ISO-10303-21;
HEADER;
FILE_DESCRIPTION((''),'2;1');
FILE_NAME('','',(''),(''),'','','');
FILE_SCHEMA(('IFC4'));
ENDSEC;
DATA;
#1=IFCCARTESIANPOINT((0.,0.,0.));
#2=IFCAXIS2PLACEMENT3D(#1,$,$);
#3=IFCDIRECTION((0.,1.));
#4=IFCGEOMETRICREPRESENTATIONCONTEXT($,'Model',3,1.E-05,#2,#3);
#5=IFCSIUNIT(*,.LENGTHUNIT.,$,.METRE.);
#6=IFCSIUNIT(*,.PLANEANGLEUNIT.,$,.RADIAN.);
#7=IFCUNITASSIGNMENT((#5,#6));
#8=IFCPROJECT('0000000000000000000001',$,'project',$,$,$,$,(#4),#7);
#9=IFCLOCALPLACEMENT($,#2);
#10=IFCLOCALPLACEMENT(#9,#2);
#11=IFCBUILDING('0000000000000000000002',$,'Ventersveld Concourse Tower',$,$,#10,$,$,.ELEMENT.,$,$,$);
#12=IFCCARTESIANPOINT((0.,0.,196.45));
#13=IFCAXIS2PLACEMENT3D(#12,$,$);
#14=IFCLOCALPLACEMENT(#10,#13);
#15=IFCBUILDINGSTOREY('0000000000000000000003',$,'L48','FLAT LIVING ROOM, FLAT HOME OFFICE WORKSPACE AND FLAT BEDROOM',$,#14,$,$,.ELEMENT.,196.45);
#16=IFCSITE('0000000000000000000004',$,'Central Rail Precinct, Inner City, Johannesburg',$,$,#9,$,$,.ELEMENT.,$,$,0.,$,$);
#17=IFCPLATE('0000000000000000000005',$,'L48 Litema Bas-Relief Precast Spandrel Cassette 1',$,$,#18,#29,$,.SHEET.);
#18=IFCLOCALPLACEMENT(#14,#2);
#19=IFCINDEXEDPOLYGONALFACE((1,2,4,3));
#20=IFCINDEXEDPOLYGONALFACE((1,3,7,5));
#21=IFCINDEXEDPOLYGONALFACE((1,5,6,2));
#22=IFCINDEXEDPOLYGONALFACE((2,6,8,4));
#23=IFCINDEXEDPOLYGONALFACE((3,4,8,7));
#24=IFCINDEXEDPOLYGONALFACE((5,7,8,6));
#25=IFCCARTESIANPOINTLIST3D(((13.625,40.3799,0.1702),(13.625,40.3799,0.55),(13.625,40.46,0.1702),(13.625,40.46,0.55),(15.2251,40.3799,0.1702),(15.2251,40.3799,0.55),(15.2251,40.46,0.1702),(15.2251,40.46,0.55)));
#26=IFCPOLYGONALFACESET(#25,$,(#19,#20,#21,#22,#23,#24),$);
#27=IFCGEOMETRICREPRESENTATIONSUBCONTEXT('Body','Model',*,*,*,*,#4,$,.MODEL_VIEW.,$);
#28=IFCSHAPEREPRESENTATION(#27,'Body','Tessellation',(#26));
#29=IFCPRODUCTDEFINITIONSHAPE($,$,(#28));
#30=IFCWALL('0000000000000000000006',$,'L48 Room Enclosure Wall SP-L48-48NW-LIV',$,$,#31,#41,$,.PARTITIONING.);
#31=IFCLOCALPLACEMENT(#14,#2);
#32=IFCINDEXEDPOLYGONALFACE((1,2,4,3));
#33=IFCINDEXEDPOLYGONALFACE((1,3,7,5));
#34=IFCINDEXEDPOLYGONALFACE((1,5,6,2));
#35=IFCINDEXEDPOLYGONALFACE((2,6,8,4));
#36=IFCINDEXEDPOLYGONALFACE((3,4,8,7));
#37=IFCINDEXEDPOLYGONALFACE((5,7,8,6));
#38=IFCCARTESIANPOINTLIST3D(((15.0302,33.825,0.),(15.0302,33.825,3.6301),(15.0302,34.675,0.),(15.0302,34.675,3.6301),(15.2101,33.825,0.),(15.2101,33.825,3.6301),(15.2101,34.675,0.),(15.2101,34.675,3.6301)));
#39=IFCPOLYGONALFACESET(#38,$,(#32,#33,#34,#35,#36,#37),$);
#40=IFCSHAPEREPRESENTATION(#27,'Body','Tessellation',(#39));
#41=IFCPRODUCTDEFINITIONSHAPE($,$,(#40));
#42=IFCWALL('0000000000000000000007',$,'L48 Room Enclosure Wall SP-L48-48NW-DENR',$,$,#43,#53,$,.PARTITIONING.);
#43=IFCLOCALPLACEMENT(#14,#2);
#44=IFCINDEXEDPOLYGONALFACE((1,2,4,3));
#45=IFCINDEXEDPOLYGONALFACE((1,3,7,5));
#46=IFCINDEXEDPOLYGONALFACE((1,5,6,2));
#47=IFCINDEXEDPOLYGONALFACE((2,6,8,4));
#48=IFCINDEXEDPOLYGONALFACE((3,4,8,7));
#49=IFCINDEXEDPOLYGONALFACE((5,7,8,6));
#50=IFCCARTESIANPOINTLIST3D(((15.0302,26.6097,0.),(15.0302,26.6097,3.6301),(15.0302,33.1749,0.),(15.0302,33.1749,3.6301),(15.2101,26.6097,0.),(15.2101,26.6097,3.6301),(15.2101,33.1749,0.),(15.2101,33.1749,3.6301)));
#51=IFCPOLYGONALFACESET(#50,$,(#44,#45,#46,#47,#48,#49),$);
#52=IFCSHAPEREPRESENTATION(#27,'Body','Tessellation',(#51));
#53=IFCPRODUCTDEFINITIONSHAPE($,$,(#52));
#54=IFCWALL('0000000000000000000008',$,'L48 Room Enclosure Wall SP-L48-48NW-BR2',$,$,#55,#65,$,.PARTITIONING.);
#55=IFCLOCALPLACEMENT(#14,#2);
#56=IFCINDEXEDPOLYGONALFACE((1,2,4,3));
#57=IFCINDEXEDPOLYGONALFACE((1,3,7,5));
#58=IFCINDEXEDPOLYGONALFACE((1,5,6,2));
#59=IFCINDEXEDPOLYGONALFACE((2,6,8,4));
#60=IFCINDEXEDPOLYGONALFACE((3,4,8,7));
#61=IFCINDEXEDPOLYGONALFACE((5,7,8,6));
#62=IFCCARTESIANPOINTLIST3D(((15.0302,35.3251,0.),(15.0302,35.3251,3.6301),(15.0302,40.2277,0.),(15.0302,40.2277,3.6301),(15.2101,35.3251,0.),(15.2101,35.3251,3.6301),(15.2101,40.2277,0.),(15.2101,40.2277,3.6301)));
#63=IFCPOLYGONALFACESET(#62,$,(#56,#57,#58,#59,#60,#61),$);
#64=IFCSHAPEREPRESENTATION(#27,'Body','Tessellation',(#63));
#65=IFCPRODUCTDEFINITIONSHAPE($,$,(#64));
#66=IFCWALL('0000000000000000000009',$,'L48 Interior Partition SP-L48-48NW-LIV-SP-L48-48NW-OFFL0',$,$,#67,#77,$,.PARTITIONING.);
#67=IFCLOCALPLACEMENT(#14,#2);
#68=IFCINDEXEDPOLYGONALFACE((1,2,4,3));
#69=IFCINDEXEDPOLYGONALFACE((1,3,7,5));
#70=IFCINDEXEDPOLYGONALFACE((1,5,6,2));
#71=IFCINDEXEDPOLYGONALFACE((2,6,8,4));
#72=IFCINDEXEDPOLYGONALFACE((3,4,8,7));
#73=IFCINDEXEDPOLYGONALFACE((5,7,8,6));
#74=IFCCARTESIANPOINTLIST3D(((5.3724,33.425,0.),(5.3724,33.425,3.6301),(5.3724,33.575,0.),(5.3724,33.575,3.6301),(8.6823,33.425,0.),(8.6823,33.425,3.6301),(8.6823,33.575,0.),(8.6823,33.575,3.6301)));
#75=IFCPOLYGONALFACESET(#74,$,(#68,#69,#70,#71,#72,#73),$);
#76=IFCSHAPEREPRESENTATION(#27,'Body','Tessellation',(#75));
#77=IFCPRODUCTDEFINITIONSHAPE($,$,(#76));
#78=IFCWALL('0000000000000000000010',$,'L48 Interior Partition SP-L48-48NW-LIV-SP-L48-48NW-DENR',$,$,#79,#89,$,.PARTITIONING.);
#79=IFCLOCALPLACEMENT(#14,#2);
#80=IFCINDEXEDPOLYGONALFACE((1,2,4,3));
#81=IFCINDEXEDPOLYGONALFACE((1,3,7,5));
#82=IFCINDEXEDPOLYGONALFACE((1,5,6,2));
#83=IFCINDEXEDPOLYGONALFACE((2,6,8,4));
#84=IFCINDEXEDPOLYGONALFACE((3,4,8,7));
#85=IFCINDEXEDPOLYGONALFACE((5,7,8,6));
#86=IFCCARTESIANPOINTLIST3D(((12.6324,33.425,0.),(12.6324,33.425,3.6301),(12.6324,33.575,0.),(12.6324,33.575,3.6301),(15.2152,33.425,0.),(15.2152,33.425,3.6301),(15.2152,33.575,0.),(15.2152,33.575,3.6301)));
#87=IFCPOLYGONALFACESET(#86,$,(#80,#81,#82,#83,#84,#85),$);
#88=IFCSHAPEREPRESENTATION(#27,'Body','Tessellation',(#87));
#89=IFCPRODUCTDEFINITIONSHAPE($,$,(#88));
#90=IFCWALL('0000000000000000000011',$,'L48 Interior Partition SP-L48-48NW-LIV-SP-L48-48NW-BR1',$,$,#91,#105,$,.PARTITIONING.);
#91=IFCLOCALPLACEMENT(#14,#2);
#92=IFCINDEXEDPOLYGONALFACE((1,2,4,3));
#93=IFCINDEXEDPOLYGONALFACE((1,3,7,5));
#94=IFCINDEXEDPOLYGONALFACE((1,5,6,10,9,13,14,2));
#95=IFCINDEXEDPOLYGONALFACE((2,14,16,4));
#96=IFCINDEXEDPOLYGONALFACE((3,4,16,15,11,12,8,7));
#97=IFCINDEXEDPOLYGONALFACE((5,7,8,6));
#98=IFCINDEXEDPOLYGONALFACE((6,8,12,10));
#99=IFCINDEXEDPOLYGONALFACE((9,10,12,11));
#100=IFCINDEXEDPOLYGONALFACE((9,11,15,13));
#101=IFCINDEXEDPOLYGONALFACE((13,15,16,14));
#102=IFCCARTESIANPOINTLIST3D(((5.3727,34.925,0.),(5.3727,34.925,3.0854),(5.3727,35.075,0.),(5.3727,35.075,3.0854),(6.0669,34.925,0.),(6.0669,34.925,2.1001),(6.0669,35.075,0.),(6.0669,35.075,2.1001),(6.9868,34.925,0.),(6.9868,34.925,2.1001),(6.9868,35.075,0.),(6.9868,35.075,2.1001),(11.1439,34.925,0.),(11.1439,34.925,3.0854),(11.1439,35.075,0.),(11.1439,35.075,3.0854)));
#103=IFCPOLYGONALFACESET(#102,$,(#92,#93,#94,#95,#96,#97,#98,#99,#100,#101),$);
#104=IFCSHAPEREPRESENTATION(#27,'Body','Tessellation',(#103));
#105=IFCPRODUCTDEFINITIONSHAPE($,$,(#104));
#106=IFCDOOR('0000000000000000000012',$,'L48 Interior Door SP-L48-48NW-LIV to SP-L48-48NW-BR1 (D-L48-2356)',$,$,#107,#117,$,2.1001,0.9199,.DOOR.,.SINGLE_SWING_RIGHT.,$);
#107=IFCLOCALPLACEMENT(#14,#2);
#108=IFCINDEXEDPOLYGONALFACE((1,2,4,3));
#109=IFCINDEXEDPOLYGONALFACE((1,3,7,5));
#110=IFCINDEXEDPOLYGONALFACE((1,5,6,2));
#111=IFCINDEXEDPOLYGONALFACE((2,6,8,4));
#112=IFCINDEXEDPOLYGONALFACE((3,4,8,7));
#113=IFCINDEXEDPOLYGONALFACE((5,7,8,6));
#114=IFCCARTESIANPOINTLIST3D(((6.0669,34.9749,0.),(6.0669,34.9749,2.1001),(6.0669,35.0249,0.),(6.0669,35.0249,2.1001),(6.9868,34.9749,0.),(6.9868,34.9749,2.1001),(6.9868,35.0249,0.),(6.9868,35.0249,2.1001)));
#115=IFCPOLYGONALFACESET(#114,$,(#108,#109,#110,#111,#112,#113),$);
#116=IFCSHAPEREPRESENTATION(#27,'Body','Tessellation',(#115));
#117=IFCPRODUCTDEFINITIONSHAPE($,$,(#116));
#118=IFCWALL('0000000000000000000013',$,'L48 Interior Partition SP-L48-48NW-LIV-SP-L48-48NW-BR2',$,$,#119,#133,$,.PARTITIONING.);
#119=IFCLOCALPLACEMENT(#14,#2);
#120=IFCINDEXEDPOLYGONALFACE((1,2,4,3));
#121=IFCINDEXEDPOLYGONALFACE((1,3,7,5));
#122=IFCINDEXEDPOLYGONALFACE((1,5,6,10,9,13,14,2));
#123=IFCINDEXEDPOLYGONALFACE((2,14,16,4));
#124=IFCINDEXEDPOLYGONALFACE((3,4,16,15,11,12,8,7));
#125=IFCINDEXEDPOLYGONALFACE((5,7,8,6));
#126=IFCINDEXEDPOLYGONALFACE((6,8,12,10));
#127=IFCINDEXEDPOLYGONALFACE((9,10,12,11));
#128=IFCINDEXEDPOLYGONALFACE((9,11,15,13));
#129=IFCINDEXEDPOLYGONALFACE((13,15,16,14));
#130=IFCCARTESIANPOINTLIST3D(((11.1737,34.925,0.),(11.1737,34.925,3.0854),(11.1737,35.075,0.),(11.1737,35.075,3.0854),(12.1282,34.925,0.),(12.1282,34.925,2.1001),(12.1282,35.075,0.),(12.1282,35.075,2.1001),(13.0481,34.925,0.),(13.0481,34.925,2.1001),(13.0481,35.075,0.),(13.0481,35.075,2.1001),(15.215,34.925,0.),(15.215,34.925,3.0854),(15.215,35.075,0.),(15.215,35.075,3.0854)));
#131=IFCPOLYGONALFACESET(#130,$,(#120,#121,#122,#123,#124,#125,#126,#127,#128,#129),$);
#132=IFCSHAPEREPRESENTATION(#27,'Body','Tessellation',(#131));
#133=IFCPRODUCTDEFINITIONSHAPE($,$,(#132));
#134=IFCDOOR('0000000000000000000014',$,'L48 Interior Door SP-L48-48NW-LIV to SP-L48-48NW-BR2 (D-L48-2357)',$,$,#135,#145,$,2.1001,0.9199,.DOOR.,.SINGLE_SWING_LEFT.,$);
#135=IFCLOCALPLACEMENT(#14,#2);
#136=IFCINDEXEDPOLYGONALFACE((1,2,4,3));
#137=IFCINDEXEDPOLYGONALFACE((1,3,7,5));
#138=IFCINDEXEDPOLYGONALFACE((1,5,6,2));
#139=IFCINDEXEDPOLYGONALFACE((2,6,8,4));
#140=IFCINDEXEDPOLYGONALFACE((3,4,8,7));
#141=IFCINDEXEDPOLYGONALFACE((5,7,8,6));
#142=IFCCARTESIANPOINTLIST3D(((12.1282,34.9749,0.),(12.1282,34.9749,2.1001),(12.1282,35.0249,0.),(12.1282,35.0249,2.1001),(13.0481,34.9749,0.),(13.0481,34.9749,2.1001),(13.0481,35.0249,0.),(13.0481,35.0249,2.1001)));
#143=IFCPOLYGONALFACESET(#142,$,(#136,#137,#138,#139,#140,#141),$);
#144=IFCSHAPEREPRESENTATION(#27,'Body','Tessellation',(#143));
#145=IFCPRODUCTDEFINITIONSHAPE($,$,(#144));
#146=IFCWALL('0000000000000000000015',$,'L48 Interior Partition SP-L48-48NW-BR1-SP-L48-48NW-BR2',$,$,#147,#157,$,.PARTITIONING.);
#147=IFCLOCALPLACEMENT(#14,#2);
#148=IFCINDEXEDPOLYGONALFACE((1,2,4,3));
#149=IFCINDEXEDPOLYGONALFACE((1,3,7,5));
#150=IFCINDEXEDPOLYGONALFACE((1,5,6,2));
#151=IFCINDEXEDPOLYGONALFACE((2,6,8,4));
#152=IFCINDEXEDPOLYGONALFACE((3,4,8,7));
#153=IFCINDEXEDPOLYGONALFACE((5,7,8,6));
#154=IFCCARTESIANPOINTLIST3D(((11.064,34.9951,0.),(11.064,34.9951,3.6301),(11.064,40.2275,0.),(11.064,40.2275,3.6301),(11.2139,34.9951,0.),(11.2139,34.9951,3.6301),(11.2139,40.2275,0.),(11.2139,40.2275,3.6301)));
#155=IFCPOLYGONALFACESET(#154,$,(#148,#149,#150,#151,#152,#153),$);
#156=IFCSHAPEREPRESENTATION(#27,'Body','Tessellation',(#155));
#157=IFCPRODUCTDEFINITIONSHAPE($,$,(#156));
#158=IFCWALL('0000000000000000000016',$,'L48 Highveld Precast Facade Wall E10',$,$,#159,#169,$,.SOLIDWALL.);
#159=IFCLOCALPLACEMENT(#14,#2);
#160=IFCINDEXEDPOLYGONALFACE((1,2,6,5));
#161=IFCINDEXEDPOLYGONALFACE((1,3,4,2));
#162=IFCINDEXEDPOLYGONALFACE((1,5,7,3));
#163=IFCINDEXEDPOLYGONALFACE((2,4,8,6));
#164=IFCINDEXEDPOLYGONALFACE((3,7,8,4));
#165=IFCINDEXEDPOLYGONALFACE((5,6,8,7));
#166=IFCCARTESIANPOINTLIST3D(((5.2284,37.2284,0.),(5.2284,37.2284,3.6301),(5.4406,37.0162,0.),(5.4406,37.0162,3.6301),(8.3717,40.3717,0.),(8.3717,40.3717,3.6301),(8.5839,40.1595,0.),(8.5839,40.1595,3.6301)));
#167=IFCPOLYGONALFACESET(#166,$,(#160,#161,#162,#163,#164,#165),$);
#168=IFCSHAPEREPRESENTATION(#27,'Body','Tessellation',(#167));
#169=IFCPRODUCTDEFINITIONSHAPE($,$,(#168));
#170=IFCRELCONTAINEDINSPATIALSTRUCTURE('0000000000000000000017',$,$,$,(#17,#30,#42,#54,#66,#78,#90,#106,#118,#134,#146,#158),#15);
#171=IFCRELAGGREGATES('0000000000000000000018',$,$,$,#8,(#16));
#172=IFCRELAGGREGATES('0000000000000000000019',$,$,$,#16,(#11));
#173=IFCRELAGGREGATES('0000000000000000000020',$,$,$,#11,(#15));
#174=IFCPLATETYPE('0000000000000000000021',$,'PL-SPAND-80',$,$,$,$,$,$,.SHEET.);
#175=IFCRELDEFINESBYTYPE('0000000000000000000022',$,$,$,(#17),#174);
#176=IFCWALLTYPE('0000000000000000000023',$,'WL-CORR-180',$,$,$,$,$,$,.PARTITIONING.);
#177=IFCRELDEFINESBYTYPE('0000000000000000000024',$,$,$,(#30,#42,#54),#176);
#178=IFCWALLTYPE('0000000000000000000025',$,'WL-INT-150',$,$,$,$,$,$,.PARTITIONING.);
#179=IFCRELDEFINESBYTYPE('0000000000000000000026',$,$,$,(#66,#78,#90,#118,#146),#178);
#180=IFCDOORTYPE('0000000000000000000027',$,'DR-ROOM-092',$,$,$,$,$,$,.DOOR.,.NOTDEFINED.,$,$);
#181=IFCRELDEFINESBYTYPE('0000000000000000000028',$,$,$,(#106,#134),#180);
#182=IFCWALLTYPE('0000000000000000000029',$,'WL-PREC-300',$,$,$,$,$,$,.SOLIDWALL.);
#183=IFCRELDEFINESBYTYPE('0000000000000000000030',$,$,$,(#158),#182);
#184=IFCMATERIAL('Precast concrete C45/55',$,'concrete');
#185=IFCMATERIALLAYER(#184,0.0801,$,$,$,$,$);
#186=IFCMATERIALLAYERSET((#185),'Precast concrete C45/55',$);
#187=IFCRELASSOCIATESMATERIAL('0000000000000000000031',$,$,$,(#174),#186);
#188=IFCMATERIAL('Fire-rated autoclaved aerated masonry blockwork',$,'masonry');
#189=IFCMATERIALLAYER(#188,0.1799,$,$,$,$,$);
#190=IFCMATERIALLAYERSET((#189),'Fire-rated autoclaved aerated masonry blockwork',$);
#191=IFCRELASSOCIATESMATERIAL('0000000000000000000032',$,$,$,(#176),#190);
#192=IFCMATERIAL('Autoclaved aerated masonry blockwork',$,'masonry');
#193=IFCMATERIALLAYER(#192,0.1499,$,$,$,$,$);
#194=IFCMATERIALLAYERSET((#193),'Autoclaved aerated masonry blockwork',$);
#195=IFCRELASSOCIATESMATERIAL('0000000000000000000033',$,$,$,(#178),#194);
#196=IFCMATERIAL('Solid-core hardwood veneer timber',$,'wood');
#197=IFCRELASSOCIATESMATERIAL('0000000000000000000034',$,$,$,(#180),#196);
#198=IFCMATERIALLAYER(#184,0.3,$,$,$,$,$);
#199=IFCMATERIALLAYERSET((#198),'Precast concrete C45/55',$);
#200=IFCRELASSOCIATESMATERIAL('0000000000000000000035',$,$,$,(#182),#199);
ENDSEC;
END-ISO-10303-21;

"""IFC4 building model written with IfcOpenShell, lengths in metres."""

from ifc_helpers import new_model, si_unit, direction, frame, frame_2d, origin, origin_2d, place, context, subcontext, project, spatial, rectangle, extrude, material, layer, layer_set, type_object, element, fill, save


model = new_model("IFC4")

# Units and contexts
model_context = context("Model", 3, precision=1e-05, world=origin(), true_north=direction((0.0, 1.0)))
body_context = subcontext(model_context, "Body", "Model", "MODEL_VIEW")
ifc_project = project(units=[si_unit("LENGTHUNIT", "METRE"), si_unit("PLANEANGLEUNIT", "RADIAN")], contexts=[model_context])

# Site, building, storey
site_placement = place(None, origin())
site = spatial("IfcSite", under=ifc_project, at=site_placement, Name="Central Rail Precinct, Inner City, Johannesburg", CompositionType="ELEMENT", RefElevation=0.0)
building_placement = place(site_placement, origin())
building = spatial("IfcBuilding", under=site, at=building_placement, Name="Ventersveld Concourse Tower", CompositionType="ELEMENT")
storey_placement = place(building_placement, frame((0.0, 0.0, 196.45)))
storey = spatial("IfcBuildingStorey", under=building, at=storey_placement, Name="L48", Description="FLAT LIVING ROOM, FLAT HOME OFFICE WORKSPACE AND FLAT BEDROOM", CompositionType="ELEMENT", Elevation=196.45)

# Plate
ifc_material_1 = material(Name="Precast concrete C45/55", Category="concrete")
ifc_layer_1 = layer(ifc_material_1, 0.0801)
ifc_layer_set_1 = layer_set([ifc_layer_1], Name="Precast concrete C45/55")
plate_type = type_object("IfcPlateType", Name="PL-SPAND-80", PredefinedType="SHEET", material=ifc_layer_set_1)
plate_placement = place(storey_placement, frame((14.425, 40.4199, 0.1702), z_axis=(0.0, 0.0, 1.0), x_axis=(-1.0, 0.0, 0.0)))
element("IfcPlate", 1, at=plate_placement, inside=storey, type_object=plate_type, Name="L48 Litema Bas-Relief Precast Spandrel Cassette 1", PredefinedType="SHEET", context=body_context, shape_type="SweptSolid", body=[
    extrude(rectangle(XDim=1.6001, YDim=0.0801, at=origin_2d()), origin(), (0.0, 0.0, 1.0), 0.3799),
])

# Walls
ifc_material_2 = material(Name="Fire-rated autoclaved aerated masonry blockwork", Category="masonry")
ifc_layer_2 = layer(ifc_material_2, 0.1799)
ifc_layer_set_2 = layer_set([ifc_layer_2], Name="Fire-rated autoclaved aerated masonry blockwork")
wall_type_1 = type_object("IfcWallType", Name="WL-CORR-180", PredefinedType="PARTITIONING", material=ifc_layer_set_2)
wall_1_placement = place(storey_placement, frame((15.1201, 34.675, 0.0), z_axis=(0.0, 0.0, 1.0), x_axis=(0.0, -1.0, 0.0)))
element("IfcWall", 2, at=wall_1_placement, inside=storey, type_object=wall_type_1, Name="L48 Room Enclosure Wall SP-L48-48NW-LIV", PredefinedType="PARTITIONING", context=body_context, shape_type="SweptSolid", body=[
    extrude(rectangle(XDim=0.8501, YDim=0.1799, at=frame_2d((0.425, 0.0))), origin(), (0.0, 0.0, 1.0), 3.6301),
])
wall_2_placement = place(storey_placement, frame((15.1201, 33.175, 0.0), z_axis=(0.0, 0.0, 1.0), x_axis=(0.0, -1.0, 0.0)))
element("IfcWall", 3, at=wall_2_placement, inside=storey, type_object=wall_type_1, Name="L48 Room Enclosure Wall SP-L48-48NW-DENR", PredefinedType="PARTITIONING", context=body_context, shape_type="SweptSolid", body=[
    extrude(rectangle(XDim=6.5652, YDim=0.1799, at=frame_2d((3.2827, 0.0))), origin(), (0.0, 0.0, 1.0), 3.6301),
])
wall_3_placement = place(storey_placement, frame((15.1201, 40.2275, 0.0), z_axis=(0.0, 0.0, 1.0), x_axis=(0.0, -1.0, 0.0)))
element("IfcWall", 4, at=wall_3_placement, inside=storey, type_object=wall_type_1, Name="L48 Room Enclosure Wall SP-L48-48NW-BR2", PredefinedType="PARTITIONING", context=body_context, shape_type="SweptSolid", body=[
    extrude(rectangle(XDim=4.9026, YDim=0.1799, at=frame_2d((2.4512, 0.0))), origin(), (0.0, 0.0, 1.0), 3.6301),
])
ifc_material_3 = material(Name="Autoclaved aerated masonry blockwork", Category="masonry")
ifc_layer_3 = layer(ifc_material_3, 0.1499)
ifc_layer_set_3 = layer_set([ifc_layer_3], Name="Autoclaved aerated masonry blockwork")
wall_type_2 = type_object("IfcWallType", Name="WL-INT-150", PredefinedType="PARTITIONING", material=ifc_layer_set_3)
wall_4_placement = place(storey_placement, frame((5.3726, 33.5, 0.0), z_axis=(0.0, 0.0, 1.0), x_axis=(1.0, 0.0, 0.0)))
element("IfcWall", 5, at=wall_4_placement, inside=storey, type_object=wall_type_2, Name="L48 Interior Partition SP-L48-48NW-LIV-SP-L48-48NW-OFFL0", PredefinedType="PARTITIONING", context=body_context, shape_type="SweptSolid", body=[
    extrude(rectangle(XDim=3.3098, YDim=0.1499, at=frame_2d((1.6548, 0.0))), origin(), (0.0, 0.0, 1.0), 3.6301),
])
wall_5_placement = place(storey_placement, frame((12.6323, 33.5, 0.0), z_axis=(0.0, 0.0, 1.0), x_axis=(1.0, 0.0, 0.0)))
element("IfcWall", 6, at=wall_5_placement, inside=storey, type_object=wall_type_2, Name="L48 Interior Partition SP-L48-48NW-LIV-SP-L48-48NW-DENR", PredefinedType="PARTITIONING", context=body_context, shape_type="SweptSolid", body=[
    extrude(rectangle(XDim=2.5828, YDim=0.1499, at=frame_2d((1.2915, 0.0))), origin(), (0.0, 0.0, 1.0), 3.6301),
])

# Walls, openings, doors
wall_6_placement = place(storey_placement, frame((5.3726, 35.0, 0.0), z_axis=(0.0, 0.0, 1.0), x_axis=(1.0, 0.0, 0.0)))
wall_6 = element("IfcWall", 7, at=wall_6_placement, inside=storey, type_object=wall_type_2, Name="L48 Interior Partition SP-L48-48NW-LIV-SP-L48-48NW-BR1", PredefinedType="PARTITIONING", context=body_context, shape_type="SweptSolid", body=[
    extrude(rectangle(XDim=5.7712, YDim=0.1499, at=frame_2d((2.8857, 0.0))), origin(), (0.0, 0.0, 1.0), 3.0854),
])
opening_1_placement = place(wall_6_placement, frame((0.6943, 0.0, 0.0)))
opening_1 = element("IfcOpeningElement", 8, at=opening_1_placement, cuts=wall_6, PredefinedType="OPENING", context=body_context, shape_type="SweptSolid", body=[
    extrude(rectangle(XDim=0.9199, YDim=2.1001, at=frame_2d((0.46, 1.05))), frame((0.0, 0.085, 0.0), z_axis=(0.0, -1.0, 0.0), x_axis=(1.0, 0.0, 0.0)), (0.0, 0.0, 1.0), 0.1699),
])
ifc_material_4 = material(Name="Solid-core hardwood veneer timber", Category="wood")
door_type = type_object("IfcDoorType", Name="DR-ROOM-092", OperationType="NOTDEFINED", PredefinedType="DOOR", material=ifc_material_4)
door_1_placement = place(opening_1_placement, origin())
door_1 = element("IfcDoor", 9, at=door_1_placement, inside=storey, type_object=door_type, Name="L48 Interior Door SP-L48-48NW-LIV to SP-L48-48NW-BR1 (D-L48-2356)", OperationType="SINGLE_SWING_RIGHT", OverallHeight=2.1001, OverallWidth=0.9199, PredefinedType="DOOR", context=body_context, shape_type="SweptSolid", body=[
    extrude(rectangle(XDim=0.9199, YDim=2.1001, at=frame_2d((0.46, 1.05))), frame((0.0, 0.0249, 0.0), z_axis=(0.0, -1.0, 0.0), x_axis=(1.0, 0.0, 0.0)), (0.0, 0.0, 1.0), 0.05),
])
fill(opening_1, door_1)
wall_7_placement = place(storey_placement, frame((11.1738, 35.0, 0.0), z_axis=(0.0, 0.0, 1.0), x_axis=(1.0, 0.0, 0.0)))
wall_7 = element("IfcWall", 10, at=wall_7_placement, inside=storey, type_object=wall_type_2, Name="L48 Interior Partition SP-L48-48NW-LIV-SP-L48-48NW-BR2", PredefinedType="PARTITIONING", context=body_context, shape_type="SweptSolid", body=[
    extrude(rectangle(XDim=4.0413, YDim=0.1499, at=frame_2d((2.0205, 0.0))), origin(), (0.0, 0.0, 1.0), 3.0854),
])
opening_2_placement = place(wall_7_placement, frame((0.9543, 0.0, 0.0)))
opening_2 = element("IfcOpeningElement", 11, at=opening_2_placement, cuts=wall_7, PredefinedType="OPENING", context=body_context, shape_type="SweptSolid", body=[
    extrude(rectangle(XDim=0.9199, YDim=2.1001, at=frame_2d((0.46, 1.05))), frame((0.0, 0.085, 0.0), z_axis=(0.0, -1.0, 0.0), x_axis=(1.0, 0.0, 0.0)), (0.0, 0.0, 1.0), 0.1699),
])
door_2_placement = place(opening_2_placement, origin())
door_2 = element("IfcDoor", 12, at=door_2_placement, inside=storey, type_object=door_type, Name="L48 Interior Door SP-L48-48NW-LIV to SP-L48-48NW-BR2 (D-L48-2357)", OperationType="SINGLE_SWING_LEFT", OverallHeight=2.1001, OverallWidth=0.9199, PredefinedType="DOOR", context=body_context, shape_type="SweptSolid", body=[
    extrude(rectangle(XDim=0.9199, YDim=2.1001, at=frame_2d((0.46, 1.05))), frame((0.0, 0.0249, 0.0), z_axis=(0.0, -1.0, 0.0), x_axis=(1.0, 0.0, 0.0)), (0.0, 0.0, 1.0), 0.05),
])
fill(opening_2, door_2)

# Walls
wall_8_placement = place(storey_placement, frame((11.1389, 34.9951, 0.0), z_axis=(0.0, 0.0, 1.0), x_axis=(0.0, 1.0, 0.0)))
element("IfcWall", 13, at=wall_8_placement, inside=storey, type_object=wall_type_2, Name="L48 Interior Partition SP-L48-48NW-BR1-SP-L48-48NW-BR2", PredefinedType="PARTITIONING", context=body_context, shape_type="SweptSolid", body=[
    extrude(rectangle(XDim=5.2324, YDim=0.1499, at=frame_2d((2.6162, 0.0))), origin(), (0.0, 0.0, 1.0), 3.6301),
])
ifc_layer_4 = layer(ifc_material_1, 0.3)
ifc_layer_set_4 = layer_set([ifc_layer_4], Name="Precast concrete C45/55")
wall_type_3 = type_object("IfcWallType", Name="WL-PREC-300", PredefinedType="SOLIDWALL", material=ifc_layer_set_4)
wall_9_placement = place(storey_placement, frame((8.4778, 40.2656, 0.0), z_axis=(0.0, 0.0, 1.0), x_axis=(-0.707107, -0.707107, 0.0)))
element("IfcWall", 14, at=wall_9_placement, inside=storey, type_object=wall_type_3, Name="L48 Highveld Precast Facade Wall E10", PredefinedType="SOLIDWALL", context=body_context, shape_type="SweptSolid", body=[
    extrude(rectangle(XDim=4.4453, YDim=0.3, at=frame_2d((2.2227, 0.0))), origin(), (0.0, 0.0, 1.0), 3.6301),
])

save(model, "model.ifc")
